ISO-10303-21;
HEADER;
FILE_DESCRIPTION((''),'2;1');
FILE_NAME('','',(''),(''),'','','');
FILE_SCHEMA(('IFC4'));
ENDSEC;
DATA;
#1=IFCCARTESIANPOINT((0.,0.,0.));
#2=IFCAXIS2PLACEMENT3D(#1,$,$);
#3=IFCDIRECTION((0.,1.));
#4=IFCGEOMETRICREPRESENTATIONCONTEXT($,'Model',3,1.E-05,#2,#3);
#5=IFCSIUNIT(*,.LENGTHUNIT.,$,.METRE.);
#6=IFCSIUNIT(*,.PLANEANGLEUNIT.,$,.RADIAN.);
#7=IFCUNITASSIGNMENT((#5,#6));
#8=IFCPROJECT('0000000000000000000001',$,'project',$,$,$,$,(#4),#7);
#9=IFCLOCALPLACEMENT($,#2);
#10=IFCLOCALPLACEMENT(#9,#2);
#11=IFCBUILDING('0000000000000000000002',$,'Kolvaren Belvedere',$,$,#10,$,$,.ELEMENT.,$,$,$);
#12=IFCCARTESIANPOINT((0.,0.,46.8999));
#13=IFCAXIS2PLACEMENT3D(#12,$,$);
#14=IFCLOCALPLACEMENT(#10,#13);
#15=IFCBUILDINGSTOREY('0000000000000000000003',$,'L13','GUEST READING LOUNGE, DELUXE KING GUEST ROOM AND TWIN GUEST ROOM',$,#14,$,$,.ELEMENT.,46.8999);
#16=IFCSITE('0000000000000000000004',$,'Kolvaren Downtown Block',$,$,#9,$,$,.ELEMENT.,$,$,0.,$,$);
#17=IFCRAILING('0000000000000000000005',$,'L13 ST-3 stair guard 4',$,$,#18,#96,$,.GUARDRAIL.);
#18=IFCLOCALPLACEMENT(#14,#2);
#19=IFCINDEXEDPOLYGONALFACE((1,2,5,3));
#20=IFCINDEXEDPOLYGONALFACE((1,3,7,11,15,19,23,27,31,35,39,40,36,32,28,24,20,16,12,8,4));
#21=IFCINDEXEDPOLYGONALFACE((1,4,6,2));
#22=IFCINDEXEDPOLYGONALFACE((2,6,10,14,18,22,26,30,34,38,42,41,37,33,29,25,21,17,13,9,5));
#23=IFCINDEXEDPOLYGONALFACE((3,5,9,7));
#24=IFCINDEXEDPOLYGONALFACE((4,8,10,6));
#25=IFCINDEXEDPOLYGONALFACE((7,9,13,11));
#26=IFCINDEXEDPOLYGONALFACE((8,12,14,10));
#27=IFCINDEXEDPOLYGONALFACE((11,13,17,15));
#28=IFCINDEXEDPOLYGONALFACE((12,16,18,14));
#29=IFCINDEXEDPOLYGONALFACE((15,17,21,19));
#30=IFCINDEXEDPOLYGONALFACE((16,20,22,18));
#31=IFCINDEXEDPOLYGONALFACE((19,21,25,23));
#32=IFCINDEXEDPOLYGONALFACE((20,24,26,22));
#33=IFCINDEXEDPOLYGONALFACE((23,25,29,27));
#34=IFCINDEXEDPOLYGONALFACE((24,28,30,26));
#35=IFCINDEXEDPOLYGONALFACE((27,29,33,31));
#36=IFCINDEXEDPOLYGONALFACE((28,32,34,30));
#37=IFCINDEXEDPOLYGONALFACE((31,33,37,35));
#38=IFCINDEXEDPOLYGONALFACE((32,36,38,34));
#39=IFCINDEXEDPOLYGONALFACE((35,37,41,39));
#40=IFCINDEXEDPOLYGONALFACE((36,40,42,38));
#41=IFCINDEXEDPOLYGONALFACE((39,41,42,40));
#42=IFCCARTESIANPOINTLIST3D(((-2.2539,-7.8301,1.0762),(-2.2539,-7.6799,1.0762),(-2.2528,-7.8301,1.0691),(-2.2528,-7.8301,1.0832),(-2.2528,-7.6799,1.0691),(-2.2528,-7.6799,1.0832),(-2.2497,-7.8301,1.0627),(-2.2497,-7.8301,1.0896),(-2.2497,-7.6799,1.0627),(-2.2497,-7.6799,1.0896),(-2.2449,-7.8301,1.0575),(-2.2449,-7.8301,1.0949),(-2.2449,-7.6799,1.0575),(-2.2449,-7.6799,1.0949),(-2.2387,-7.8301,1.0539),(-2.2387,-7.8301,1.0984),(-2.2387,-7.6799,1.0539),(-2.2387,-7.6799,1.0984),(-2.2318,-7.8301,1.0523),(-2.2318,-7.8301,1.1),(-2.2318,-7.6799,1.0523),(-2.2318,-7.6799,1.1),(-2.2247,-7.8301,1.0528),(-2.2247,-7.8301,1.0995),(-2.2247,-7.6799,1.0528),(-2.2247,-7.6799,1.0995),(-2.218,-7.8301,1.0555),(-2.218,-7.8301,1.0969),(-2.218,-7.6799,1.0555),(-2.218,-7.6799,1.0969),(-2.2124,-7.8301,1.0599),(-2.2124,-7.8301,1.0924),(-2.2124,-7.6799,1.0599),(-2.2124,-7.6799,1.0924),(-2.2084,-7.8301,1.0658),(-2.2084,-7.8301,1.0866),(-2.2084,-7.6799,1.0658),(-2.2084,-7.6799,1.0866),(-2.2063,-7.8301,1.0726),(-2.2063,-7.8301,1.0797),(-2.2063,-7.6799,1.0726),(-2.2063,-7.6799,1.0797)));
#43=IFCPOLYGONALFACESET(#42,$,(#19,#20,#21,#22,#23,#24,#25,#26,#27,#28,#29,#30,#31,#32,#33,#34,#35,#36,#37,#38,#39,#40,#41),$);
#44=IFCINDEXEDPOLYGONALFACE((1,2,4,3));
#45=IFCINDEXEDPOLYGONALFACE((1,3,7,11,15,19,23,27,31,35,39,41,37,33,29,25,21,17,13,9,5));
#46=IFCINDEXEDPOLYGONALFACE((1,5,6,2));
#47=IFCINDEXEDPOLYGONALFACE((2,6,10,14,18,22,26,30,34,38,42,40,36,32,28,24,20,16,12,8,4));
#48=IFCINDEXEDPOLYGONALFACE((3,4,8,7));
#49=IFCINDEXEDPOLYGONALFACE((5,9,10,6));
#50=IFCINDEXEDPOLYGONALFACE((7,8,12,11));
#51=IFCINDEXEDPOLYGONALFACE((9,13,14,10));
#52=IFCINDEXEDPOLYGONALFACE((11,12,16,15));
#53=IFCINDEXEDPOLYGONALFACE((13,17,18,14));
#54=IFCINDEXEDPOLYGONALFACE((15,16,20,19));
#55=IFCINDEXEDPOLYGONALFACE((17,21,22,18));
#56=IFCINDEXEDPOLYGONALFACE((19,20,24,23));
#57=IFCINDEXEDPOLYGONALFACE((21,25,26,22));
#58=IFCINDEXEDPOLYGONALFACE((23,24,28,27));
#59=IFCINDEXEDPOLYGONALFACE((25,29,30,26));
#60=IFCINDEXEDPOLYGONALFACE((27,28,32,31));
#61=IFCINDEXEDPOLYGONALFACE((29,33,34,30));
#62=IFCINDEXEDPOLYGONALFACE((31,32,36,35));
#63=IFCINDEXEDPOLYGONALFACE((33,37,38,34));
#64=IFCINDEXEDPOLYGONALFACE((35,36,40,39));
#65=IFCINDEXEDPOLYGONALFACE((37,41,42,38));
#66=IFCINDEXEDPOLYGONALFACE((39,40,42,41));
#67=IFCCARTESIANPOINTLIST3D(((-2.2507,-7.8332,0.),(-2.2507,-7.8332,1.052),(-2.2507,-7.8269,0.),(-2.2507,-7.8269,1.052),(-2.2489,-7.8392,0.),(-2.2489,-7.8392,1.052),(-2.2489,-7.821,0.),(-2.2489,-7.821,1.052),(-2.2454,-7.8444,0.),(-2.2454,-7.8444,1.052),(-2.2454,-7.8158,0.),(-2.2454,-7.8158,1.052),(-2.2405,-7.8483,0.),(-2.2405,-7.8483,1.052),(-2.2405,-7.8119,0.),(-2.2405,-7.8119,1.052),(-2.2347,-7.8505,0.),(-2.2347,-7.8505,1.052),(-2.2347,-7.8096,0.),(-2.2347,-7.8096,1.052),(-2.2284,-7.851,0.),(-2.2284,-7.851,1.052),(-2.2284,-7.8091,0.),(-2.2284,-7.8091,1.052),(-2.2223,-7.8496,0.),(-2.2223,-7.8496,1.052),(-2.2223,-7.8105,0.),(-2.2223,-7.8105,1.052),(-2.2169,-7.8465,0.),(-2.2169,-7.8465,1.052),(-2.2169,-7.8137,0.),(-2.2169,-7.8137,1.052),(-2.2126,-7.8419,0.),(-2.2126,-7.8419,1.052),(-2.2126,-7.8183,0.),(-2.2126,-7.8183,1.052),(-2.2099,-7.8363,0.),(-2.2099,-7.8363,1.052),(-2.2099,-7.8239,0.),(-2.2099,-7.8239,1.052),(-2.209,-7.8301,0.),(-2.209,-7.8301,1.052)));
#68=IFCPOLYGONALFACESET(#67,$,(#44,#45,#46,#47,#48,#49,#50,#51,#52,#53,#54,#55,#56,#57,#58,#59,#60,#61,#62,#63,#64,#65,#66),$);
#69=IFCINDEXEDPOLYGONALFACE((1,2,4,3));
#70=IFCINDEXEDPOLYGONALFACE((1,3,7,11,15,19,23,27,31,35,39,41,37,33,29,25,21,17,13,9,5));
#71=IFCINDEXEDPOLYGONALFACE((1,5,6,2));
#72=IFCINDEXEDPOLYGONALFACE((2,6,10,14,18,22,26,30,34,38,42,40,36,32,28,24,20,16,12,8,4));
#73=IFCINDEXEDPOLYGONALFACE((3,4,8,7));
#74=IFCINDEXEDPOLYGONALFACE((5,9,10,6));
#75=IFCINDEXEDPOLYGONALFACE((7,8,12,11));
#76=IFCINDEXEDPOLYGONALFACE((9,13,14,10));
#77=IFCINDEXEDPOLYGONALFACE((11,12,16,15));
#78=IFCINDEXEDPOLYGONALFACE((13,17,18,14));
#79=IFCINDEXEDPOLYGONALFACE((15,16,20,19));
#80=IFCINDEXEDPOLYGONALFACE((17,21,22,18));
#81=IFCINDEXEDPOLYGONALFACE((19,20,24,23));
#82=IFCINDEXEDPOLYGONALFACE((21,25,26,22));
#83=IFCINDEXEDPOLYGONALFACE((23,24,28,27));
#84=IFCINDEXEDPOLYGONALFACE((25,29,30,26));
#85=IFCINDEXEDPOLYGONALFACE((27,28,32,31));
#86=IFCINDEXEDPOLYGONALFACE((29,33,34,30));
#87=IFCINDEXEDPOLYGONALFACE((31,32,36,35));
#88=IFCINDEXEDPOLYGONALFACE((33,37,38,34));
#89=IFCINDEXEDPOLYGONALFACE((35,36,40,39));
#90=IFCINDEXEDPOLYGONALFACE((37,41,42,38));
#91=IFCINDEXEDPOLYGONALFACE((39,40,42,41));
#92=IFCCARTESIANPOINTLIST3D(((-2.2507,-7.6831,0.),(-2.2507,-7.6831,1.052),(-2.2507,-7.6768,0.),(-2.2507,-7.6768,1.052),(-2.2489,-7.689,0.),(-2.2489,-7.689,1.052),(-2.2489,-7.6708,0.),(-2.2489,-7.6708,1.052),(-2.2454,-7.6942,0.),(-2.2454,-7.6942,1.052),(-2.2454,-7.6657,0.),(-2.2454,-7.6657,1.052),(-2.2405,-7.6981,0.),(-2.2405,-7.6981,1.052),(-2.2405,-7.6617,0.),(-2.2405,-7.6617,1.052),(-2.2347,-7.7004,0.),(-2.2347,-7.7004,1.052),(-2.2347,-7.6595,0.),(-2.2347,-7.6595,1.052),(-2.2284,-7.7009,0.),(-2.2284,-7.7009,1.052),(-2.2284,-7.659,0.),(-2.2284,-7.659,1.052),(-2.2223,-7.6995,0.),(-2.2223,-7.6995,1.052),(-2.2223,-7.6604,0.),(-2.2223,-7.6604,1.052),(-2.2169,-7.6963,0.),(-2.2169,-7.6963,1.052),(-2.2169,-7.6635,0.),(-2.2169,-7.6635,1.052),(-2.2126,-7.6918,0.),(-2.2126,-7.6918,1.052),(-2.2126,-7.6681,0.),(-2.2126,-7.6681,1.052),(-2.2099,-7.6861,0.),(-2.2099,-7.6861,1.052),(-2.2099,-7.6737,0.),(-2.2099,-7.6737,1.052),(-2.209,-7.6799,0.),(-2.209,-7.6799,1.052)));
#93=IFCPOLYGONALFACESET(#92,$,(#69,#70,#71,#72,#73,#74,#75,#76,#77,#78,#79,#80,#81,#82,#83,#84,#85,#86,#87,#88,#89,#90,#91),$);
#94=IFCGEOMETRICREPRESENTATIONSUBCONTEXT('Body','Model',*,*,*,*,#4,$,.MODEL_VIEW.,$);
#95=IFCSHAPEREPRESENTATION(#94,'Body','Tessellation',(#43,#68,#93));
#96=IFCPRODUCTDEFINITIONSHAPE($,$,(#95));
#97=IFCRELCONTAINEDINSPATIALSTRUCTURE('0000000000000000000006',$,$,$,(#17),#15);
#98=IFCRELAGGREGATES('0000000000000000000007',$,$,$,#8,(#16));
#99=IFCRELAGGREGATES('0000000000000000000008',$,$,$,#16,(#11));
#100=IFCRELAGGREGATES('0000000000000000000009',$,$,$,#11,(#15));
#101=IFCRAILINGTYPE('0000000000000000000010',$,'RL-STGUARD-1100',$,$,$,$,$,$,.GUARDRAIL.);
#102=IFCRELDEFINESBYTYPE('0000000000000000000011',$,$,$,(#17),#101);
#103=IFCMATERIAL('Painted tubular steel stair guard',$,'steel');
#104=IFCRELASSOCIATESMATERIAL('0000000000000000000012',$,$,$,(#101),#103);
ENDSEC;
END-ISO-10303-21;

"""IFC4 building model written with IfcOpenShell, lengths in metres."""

from ifc_helpers import new_model, si_unit, direction, frame, origin, origin_2d, place, context, subcontext, project, spatial, circle, extrude, material, type_object, element, save


model = new_model("IFC4")

# Units and contexts
model_context = context("Model", 3, precision=1e-05, world=origin(), true_north=direction((0.0, 1.0)))
body_context = subcontext(model_context, "Body", "Model", "MODEL_VIEW")
ifc_project = project(units=[si_unit("LENGTHUNIT", "METRE"), si_unit("PLANEANGLEUNIT", "RADIAN")], contexts=[model_context])

# Site, building, storey
site_placement = place(None, origin())
site = spatial("IfcSite", under=ifc_project, at=site_placement, Name="Kolvaren Downtown Block", CompositionType="ELEMENT", RefElevation=0.0)
building_placement = place(site_placement, origin())
building = spatial("IfcBuilding", under=site, at=building_placement, Name="Kolvaren Belvedere", CompositionType="ELEMENT")
storey_placement = place(building_placement, frame((0.0, 0.0, 46.8999)))
storey = spatial("IfcBuildingStorey", under=building, at=storey_placement, Name="L13", Description="GUEST READING LOUNGE, DELUXE KING GUEST ROOM AND TWIN GUEST ROOM", CompositionType="ELEMENT", Elevation=46.8999)

# Railing
ifc_material_1 = material(Name="Painted tubular steel stair guard", Category="steel")
railing_type_1 = type_object("IfcRailingType", Name="RL-STGUARD-1100", PredefinedType="GUARDRAIL", material=ifc_material_1)
railing_1_placement = place(storey_placement, frame((-2.23, -7.8301, 0.0)))
element("IfcRailing", 1, at=railing_1_placement, inside=storey, type_object=railing_type_1, Name="L13 ST-3 stair guard 4", PredefinedType="GUARDRAIL", context=body_context, shape_type="SweptSolid", body=[
    extrude(circle(Radius=0.0239, at=origin_2d()), frame((0.0, 0.0, 1.0762), z_axis=(0.0, 1.0, 0.0), x_axis=(-1.0, 0.0, 0.0)), (0.0, 0.0, 1.0), 0.1501),
    extrude(circle(Radius=0.021, at=origin_2d()), origin(), (0.0, 0.0, 1.0), 1.052),
    extrude(circle(Radius=0.021, at=origin_2d()), frame((0.0, 0.1501, 0.0)), (0.0, 0.0, 1.0), 1.052),
])

save(model, "model.ifc")
